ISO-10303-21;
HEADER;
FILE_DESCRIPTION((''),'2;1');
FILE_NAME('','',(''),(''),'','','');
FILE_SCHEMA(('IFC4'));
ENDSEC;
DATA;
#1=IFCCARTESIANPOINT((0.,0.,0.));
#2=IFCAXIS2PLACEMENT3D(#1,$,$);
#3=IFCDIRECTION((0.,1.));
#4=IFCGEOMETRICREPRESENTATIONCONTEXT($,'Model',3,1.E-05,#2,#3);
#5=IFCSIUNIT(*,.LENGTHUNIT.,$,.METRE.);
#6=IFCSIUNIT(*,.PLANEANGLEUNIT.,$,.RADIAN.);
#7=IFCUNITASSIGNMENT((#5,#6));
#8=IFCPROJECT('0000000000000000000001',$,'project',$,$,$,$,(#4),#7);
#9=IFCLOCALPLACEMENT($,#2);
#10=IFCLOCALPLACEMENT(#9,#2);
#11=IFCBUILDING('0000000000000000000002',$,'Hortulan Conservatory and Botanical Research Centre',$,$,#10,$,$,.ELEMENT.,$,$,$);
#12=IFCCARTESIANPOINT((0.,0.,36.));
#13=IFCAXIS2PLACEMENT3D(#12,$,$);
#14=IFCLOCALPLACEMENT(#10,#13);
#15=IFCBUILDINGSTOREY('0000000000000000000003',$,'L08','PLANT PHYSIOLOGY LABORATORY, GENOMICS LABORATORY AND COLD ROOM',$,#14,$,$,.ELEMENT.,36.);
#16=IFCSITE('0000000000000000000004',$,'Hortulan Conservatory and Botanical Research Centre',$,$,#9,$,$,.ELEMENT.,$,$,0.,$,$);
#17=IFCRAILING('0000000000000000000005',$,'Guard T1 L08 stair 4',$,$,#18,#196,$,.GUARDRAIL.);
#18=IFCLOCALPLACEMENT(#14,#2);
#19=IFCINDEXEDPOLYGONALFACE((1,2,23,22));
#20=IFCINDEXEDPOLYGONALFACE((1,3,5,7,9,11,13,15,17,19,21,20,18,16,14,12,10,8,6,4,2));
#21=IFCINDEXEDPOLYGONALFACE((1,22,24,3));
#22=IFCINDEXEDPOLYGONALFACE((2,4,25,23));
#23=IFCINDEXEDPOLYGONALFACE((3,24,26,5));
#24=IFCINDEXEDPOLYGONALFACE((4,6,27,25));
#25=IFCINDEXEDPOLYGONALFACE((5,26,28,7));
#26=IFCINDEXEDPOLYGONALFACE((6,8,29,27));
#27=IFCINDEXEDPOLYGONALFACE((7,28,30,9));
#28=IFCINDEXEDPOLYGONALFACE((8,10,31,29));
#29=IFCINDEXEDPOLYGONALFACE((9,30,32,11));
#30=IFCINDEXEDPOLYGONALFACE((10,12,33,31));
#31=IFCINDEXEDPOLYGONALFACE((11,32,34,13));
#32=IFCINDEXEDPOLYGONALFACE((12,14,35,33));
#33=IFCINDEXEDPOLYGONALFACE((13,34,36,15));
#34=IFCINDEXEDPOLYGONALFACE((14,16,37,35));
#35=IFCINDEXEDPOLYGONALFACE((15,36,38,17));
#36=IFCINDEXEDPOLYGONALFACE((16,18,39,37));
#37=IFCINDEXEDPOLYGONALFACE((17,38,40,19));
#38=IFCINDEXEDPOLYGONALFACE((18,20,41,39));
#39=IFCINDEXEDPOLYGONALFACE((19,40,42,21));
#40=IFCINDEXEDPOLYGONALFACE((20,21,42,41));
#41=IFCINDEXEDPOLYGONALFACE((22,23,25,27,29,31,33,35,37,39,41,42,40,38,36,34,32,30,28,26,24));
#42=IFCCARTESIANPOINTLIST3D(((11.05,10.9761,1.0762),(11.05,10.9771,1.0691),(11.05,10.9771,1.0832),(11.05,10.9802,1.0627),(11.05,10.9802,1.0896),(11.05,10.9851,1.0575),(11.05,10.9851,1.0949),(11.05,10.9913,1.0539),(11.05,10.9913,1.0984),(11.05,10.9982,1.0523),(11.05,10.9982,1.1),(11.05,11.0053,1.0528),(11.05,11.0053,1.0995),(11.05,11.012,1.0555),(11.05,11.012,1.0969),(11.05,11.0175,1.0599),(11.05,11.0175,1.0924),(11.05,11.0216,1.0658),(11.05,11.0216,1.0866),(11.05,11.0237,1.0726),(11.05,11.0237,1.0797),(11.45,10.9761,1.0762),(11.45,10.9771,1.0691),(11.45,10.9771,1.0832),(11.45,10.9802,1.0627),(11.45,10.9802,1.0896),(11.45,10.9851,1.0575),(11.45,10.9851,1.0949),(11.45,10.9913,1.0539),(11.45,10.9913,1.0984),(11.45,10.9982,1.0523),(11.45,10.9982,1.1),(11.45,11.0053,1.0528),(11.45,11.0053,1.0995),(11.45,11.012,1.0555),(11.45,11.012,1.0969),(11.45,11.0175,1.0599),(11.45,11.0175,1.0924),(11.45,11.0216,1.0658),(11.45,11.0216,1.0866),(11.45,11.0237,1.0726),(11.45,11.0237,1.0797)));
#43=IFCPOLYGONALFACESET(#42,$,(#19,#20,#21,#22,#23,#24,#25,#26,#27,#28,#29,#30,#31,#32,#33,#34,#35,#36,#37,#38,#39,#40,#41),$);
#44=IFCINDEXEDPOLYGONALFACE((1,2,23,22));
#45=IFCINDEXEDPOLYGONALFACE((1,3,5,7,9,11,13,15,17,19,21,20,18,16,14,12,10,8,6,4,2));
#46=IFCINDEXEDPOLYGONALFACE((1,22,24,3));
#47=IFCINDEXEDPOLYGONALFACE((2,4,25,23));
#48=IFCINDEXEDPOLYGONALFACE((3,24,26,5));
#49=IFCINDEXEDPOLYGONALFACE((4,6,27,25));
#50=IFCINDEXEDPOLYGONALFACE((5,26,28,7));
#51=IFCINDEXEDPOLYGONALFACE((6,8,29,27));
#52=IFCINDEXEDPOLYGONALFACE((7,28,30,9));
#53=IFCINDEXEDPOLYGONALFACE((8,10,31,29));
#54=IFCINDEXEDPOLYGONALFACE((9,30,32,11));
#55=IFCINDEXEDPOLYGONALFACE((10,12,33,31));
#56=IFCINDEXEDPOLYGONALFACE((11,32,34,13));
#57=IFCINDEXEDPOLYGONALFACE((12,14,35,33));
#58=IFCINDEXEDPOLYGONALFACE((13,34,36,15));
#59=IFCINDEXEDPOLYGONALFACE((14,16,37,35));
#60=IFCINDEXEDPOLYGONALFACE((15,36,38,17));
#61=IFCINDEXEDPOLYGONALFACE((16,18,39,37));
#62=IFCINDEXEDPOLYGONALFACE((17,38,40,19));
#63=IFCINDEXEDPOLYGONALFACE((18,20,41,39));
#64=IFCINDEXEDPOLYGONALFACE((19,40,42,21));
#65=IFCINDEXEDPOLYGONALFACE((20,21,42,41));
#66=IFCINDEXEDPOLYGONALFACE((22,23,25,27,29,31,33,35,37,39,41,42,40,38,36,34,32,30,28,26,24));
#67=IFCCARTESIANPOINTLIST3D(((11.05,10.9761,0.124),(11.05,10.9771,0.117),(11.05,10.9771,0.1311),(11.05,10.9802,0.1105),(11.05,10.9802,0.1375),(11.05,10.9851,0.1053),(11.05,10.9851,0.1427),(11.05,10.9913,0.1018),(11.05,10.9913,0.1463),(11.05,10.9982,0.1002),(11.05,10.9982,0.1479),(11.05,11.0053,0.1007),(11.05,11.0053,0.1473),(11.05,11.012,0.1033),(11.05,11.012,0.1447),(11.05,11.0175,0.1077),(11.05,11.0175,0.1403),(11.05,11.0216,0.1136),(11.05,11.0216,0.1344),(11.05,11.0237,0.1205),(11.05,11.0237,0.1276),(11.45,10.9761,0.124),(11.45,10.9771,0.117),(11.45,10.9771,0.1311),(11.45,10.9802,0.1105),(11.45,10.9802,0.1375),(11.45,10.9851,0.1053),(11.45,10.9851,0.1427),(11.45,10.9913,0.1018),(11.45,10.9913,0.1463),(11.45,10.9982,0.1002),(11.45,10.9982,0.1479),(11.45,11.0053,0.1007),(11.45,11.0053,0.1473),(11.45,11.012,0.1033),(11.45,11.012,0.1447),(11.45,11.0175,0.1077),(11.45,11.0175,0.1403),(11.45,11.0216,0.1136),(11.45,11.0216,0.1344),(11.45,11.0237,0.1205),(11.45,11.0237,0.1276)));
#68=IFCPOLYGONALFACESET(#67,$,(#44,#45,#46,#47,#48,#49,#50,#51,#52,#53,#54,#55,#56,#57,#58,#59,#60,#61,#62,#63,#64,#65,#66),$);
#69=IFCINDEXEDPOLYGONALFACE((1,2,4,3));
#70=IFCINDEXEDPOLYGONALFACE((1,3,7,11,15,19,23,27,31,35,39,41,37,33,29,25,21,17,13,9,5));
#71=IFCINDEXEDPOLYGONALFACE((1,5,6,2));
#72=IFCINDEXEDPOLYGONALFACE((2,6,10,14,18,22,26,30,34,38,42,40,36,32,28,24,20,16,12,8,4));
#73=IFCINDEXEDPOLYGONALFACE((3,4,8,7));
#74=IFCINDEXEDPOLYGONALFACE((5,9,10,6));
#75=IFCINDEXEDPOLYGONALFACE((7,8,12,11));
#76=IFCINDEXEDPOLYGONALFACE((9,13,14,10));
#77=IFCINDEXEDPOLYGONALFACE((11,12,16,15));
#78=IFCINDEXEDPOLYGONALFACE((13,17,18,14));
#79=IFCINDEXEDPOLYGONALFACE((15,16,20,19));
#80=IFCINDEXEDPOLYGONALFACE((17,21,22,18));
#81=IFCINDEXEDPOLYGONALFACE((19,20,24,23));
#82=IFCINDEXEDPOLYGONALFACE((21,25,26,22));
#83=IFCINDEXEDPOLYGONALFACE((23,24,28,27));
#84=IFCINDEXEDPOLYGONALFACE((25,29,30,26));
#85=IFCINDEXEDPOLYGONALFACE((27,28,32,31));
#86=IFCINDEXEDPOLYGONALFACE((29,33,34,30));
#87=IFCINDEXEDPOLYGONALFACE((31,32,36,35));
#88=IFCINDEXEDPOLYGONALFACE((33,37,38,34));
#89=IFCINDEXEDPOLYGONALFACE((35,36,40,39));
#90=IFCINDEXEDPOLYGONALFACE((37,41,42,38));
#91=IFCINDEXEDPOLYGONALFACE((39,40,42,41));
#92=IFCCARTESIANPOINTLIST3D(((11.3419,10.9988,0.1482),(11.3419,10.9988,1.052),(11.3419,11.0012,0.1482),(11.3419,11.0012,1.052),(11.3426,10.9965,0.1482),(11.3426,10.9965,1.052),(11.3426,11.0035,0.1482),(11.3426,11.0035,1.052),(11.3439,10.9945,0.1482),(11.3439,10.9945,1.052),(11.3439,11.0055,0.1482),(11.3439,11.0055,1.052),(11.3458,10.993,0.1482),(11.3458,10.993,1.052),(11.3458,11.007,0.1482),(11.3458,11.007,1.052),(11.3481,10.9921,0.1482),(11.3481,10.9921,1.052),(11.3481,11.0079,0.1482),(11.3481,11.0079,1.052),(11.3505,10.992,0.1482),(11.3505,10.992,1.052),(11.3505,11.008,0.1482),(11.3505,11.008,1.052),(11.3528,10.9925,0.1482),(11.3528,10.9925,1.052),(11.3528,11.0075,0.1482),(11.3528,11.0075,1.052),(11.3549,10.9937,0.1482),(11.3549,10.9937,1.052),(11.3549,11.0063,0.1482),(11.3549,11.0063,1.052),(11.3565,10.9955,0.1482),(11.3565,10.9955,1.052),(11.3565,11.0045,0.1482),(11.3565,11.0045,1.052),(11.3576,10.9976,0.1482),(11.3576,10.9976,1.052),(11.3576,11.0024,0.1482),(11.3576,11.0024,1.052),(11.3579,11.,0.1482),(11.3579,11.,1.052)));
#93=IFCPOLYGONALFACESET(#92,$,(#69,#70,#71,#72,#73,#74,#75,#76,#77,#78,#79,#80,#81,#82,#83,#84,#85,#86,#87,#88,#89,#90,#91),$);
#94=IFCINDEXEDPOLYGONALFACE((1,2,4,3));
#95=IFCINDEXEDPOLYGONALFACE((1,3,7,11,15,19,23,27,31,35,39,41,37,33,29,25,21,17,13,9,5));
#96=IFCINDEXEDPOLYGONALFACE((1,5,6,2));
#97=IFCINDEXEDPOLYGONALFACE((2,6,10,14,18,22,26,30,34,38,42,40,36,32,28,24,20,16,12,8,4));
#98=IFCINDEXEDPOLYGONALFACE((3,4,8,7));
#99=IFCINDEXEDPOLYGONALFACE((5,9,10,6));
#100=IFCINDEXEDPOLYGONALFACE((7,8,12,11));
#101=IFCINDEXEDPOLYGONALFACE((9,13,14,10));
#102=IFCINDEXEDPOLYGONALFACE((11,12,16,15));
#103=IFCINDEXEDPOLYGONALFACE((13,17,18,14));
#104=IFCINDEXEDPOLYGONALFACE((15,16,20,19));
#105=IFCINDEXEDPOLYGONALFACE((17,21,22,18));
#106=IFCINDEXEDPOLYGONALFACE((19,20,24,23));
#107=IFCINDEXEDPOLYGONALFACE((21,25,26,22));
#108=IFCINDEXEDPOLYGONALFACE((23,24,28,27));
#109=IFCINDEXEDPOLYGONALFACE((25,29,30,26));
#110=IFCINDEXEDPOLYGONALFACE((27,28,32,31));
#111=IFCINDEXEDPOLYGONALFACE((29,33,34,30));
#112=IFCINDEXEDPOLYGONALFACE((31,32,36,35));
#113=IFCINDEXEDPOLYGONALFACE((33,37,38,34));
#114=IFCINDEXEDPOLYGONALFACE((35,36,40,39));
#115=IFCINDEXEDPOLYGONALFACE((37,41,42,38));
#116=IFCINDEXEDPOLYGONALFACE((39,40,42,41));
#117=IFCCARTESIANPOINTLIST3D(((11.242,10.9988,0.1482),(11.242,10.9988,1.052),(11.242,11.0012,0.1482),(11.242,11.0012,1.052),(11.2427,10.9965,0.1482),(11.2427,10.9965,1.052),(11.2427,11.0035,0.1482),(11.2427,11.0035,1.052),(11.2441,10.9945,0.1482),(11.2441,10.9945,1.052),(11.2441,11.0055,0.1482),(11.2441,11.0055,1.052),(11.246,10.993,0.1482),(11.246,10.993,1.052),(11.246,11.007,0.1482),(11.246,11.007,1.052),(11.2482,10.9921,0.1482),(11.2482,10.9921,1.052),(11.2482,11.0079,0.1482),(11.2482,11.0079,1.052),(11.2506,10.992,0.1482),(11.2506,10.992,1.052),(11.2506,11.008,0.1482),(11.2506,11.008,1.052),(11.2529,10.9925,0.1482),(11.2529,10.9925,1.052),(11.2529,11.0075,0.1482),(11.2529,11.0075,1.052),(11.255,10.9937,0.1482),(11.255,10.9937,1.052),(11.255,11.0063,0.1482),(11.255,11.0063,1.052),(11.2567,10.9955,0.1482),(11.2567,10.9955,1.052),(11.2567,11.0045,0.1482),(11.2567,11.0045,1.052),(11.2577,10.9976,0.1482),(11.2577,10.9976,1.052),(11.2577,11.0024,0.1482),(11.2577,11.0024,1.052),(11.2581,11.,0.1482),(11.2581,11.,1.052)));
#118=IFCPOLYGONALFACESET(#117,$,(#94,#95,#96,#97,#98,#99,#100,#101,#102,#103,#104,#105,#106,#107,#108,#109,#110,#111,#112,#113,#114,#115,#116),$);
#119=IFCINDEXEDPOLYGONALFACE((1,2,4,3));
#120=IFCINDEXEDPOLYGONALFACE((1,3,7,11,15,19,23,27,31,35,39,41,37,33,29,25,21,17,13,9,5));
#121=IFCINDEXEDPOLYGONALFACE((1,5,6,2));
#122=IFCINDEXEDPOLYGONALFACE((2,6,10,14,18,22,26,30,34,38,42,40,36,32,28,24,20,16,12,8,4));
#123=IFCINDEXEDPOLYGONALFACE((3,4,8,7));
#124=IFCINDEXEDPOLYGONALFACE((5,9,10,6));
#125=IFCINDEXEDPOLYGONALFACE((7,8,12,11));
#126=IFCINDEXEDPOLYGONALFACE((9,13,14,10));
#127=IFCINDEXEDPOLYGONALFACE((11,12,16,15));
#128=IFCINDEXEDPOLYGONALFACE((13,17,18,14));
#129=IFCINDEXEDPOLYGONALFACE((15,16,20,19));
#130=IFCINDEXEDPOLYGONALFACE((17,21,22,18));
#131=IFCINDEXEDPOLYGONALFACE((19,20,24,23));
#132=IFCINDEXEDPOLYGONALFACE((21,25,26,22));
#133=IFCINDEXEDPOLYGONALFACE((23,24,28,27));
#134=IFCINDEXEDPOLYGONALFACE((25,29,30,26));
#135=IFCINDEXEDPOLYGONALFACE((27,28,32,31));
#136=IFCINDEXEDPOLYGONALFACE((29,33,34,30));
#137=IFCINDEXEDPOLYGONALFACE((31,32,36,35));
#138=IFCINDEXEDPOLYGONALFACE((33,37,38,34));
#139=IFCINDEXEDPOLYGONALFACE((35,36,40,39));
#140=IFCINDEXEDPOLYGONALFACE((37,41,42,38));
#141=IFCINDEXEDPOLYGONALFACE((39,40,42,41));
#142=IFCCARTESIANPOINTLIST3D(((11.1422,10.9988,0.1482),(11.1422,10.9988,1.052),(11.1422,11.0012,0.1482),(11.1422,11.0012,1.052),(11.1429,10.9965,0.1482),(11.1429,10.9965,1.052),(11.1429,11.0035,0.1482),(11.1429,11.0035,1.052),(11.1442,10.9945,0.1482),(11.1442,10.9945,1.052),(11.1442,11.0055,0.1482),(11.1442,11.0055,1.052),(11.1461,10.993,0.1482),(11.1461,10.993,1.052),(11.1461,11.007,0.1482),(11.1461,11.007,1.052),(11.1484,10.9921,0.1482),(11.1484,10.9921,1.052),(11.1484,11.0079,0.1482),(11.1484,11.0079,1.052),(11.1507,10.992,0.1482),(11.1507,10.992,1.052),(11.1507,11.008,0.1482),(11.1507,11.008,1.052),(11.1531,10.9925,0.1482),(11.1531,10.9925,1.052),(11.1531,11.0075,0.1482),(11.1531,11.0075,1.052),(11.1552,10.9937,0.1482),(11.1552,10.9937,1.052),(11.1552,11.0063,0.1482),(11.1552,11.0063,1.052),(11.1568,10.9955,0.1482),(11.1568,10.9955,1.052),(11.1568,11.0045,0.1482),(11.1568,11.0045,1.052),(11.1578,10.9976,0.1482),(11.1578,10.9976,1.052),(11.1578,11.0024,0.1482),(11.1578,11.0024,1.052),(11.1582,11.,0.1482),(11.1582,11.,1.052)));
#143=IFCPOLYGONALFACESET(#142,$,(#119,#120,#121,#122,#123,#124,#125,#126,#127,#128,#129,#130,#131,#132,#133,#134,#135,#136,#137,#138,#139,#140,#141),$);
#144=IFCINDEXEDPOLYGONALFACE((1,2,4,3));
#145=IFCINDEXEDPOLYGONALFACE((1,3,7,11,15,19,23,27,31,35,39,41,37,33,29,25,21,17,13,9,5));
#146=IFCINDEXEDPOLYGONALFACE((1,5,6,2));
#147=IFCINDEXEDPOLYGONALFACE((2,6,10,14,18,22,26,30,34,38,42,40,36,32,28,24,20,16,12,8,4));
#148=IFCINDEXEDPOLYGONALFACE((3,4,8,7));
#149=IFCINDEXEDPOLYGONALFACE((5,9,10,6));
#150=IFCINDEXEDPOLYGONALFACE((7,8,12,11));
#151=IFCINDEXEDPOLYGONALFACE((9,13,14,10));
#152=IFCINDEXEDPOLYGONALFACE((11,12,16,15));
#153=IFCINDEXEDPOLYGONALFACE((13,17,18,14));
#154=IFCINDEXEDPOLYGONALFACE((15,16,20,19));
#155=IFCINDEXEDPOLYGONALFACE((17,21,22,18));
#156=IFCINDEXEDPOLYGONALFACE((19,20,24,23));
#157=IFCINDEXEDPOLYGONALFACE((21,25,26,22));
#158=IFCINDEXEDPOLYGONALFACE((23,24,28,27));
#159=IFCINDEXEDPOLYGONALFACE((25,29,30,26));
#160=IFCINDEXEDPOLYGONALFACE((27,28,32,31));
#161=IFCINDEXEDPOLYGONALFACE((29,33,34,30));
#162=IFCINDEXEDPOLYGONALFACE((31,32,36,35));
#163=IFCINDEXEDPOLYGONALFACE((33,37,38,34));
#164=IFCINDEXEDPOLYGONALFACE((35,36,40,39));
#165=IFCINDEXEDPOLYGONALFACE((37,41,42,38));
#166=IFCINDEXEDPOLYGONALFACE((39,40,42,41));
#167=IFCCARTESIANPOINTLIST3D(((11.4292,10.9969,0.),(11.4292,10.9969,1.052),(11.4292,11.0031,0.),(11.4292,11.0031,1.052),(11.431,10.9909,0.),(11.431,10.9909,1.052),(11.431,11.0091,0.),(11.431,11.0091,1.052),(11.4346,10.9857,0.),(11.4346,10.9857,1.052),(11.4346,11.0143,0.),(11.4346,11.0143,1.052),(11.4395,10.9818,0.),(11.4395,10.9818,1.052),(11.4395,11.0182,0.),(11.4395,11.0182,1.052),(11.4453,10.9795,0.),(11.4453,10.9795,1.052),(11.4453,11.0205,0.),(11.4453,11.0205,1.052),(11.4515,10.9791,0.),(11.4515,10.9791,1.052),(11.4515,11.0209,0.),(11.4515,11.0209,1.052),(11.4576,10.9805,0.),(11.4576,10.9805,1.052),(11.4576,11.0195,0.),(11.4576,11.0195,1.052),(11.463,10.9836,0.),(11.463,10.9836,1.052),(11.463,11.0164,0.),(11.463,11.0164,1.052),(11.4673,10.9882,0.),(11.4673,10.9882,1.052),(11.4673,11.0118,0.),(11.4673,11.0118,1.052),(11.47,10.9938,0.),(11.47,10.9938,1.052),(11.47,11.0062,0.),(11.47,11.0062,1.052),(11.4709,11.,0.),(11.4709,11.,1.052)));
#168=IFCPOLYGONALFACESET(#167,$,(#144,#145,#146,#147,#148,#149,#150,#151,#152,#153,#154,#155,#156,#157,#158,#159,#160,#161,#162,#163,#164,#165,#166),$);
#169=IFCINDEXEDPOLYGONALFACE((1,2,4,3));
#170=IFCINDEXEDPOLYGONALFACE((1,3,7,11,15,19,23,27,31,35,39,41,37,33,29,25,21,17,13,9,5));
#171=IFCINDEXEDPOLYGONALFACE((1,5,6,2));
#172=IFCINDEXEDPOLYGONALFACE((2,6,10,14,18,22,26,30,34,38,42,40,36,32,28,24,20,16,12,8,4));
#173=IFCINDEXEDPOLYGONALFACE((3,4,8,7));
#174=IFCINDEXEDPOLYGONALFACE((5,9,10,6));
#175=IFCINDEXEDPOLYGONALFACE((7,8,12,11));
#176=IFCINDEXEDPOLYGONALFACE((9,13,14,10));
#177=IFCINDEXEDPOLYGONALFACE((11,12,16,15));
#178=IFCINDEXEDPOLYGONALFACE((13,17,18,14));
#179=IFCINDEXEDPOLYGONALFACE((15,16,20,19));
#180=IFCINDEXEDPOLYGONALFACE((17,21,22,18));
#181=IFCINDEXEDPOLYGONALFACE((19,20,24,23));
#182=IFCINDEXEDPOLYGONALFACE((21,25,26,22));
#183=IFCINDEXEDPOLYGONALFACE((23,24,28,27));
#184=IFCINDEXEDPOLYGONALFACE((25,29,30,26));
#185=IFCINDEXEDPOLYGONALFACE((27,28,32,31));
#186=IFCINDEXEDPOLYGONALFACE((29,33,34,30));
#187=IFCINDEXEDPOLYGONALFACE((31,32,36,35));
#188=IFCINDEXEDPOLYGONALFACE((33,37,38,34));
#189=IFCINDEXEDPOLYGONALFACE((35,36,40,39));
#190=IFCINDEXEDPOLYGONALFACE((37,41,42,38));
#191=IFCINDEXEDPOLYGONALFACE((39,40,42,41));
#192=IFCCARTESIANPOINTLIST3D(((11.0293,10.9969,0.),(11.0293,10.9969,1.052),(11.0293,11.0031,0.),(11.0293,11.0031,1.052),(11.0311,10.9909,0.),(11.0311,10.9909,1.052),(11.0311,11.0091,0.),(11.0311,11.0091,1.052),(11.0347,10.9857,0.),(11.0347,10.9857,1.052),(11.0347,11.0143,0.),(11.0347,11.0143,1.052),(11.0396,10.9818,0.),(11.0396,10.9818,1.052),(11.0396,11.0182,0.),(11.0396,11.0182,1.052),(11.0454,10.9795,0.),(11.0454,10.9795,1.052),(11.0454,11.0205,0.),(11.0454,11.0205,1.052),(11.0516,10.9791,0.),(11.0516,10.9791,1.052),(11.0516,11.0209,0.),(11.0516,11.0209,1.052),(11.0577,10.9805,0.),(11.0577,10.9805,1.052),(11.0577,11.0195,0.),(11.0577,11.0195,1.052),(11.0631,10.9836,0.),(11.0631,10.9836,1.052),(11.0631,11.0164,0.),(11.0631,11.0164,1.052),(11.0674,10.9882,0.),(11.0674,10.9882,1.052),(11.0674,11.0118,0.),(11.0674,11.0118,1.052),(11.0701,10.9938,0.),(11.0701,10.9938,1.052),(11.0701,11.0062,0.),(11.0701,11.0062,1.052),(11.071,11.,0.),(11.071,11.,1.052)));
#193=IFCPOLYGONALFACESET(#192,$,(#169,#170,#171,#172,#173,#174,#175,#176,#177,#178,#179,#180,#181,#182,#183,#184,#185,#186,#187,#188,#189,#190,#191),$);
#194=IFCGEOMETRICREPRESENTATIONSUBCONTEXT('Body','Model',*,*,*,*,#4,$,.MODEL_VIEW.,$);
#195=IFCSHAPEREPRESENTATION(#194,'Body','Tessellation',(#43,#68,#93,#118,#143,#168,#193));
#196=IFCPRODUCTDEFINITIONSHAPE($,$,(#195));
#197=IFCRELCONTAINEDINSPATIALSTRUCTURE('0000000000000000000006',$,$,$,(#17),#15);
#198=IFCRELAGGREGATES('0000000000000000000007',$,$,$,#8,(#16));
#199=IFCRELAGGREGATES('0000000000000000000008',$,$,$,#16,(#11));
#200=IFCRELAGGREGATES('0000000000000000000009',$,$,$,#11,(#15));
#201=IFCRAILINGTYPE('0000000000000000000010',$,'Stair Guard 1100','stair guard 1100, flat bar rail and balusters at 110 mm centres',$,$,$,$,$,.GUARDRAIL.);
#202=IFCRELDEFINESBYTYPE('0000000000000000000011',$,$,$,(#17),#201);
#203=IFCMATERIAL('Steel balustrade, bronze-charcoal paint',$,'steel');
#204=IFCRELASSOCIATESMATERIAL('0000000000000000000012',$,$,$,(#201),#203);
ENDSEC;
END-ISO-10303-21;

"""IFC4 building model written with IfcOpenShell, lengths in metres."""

from ifc_helpers import new_model, si_unit, direction, frame, origin, origin_2d, place, context, subcontext, project, spatial, circle, extrude, material, type_object, element, save


model = new_model("IFC4")

# Units and contexts
model_context = context("Model", 3, precision=1e-05, world=origin(), true_north=direction((0.0, 1.0)))
body_context = subcontext(model_context, "Body", "Model", "MODEL_VIEW")
ifc_project = project(units=[si_unit("LENGTHUNIT", "METRE"), si_unit("PLANEANGLEUNIT", "RADIAN")], contexts=[model_context])

# Site, building, storey
site_placement = place(None, origin())
site = spatial("IfcSite", under=ifc_project, at=site_placement, Name="Hortulan Conservatory and Botanical Research Centre", CompositionType="ELEMENT", RefElevation=0.0)
building_placement = place(site_placement, origin())
building = spatial("IfcBuilding", under=site, at=building_placement, Name="Hortulan Conservatory and Botanical Research Centre", CompositionType="ELEMENT")
storey_placement = place(building_placement, frame((0.0, 0.0, 36.0)))
storey = spatial("IfcBuildingStorey", under=building, at=storey_placement, Name="L08", Description="PLANT PHYSIOLOGY LABORATORY, GENOMICS LABORATORY AND COLD ROOM", CompositionType="ELEMENT", Elevation=36.0)

# Railing
ifc_material_1 = material(Name="Steel balustrade, bronze-charcoal paint", Category="steel")
railing_type_1 = type_object("IfcRailingType", Name="Stair Guard 1100", Description="stair guard 1100, flat bar rail and balusters at 110 mm centres", PredefinedType="GUARDRAIL", material=ifc_material_1)
railing_1_placement = place(storey_placement, frame((11.45, 11.0, 0.0)))
element("IfcRailing", 1, at=railing_1_placement, inside=storey, type_object=railing_type_1, Name="Guard T1 L08 stair 4", PredefinedType="GUARDRAIL", context=body_context, shape_type="SweptSolid", body=[
    extrude(circle(Radius=0.0239, at=origin_2d()), frame((0.0, 0.0, 1.0762), z_axis=(-1.0, 0.0, 0.0), x_axis=(0.0, -1.0, 0.0)), (0.0, 0.0, 1.0), 0.3999),
    extrude(circle(Radius=0.0239, at=origin_2d()), frame((0.0, 0.0, 0.124), z_axis=(-1.0, 0.0, 0.0), x_axis=(0.0, -1.0, 0.0)), (0.0, 0.0, 1.0), 0.3999),
    extrude(circle(Radius=0.0081, at=origin_2d()), frame((-0.1001, 0.0, 0.1482)), (0.0, 0.0, 1.0), 0.9038),
    extrude(circle(Radius=0.0081, at=origin_2d()), frame((-0.2, 0.0, 0.1482)), (0.0, 0.0, 1.0), 0.9038),
    extrude(circle(Radius=0.0081, at=origin_2d()), frame((-0.2998, 0.0, 0.1482)), (0.0, 0.0, 1.0), 0.9038),
    extrude(circle(Radius=0.021, at=origin_2d()), origin(), (0.0, 0.0, 1.0), 1.052),
    extrude(circle(Radius=0.021, at=origin_2d()), frame((-0.3999, 0.0, 0.0)), (0.0, 0.0, 1.0), 1.052),
])

save(model, "model.ifc")
